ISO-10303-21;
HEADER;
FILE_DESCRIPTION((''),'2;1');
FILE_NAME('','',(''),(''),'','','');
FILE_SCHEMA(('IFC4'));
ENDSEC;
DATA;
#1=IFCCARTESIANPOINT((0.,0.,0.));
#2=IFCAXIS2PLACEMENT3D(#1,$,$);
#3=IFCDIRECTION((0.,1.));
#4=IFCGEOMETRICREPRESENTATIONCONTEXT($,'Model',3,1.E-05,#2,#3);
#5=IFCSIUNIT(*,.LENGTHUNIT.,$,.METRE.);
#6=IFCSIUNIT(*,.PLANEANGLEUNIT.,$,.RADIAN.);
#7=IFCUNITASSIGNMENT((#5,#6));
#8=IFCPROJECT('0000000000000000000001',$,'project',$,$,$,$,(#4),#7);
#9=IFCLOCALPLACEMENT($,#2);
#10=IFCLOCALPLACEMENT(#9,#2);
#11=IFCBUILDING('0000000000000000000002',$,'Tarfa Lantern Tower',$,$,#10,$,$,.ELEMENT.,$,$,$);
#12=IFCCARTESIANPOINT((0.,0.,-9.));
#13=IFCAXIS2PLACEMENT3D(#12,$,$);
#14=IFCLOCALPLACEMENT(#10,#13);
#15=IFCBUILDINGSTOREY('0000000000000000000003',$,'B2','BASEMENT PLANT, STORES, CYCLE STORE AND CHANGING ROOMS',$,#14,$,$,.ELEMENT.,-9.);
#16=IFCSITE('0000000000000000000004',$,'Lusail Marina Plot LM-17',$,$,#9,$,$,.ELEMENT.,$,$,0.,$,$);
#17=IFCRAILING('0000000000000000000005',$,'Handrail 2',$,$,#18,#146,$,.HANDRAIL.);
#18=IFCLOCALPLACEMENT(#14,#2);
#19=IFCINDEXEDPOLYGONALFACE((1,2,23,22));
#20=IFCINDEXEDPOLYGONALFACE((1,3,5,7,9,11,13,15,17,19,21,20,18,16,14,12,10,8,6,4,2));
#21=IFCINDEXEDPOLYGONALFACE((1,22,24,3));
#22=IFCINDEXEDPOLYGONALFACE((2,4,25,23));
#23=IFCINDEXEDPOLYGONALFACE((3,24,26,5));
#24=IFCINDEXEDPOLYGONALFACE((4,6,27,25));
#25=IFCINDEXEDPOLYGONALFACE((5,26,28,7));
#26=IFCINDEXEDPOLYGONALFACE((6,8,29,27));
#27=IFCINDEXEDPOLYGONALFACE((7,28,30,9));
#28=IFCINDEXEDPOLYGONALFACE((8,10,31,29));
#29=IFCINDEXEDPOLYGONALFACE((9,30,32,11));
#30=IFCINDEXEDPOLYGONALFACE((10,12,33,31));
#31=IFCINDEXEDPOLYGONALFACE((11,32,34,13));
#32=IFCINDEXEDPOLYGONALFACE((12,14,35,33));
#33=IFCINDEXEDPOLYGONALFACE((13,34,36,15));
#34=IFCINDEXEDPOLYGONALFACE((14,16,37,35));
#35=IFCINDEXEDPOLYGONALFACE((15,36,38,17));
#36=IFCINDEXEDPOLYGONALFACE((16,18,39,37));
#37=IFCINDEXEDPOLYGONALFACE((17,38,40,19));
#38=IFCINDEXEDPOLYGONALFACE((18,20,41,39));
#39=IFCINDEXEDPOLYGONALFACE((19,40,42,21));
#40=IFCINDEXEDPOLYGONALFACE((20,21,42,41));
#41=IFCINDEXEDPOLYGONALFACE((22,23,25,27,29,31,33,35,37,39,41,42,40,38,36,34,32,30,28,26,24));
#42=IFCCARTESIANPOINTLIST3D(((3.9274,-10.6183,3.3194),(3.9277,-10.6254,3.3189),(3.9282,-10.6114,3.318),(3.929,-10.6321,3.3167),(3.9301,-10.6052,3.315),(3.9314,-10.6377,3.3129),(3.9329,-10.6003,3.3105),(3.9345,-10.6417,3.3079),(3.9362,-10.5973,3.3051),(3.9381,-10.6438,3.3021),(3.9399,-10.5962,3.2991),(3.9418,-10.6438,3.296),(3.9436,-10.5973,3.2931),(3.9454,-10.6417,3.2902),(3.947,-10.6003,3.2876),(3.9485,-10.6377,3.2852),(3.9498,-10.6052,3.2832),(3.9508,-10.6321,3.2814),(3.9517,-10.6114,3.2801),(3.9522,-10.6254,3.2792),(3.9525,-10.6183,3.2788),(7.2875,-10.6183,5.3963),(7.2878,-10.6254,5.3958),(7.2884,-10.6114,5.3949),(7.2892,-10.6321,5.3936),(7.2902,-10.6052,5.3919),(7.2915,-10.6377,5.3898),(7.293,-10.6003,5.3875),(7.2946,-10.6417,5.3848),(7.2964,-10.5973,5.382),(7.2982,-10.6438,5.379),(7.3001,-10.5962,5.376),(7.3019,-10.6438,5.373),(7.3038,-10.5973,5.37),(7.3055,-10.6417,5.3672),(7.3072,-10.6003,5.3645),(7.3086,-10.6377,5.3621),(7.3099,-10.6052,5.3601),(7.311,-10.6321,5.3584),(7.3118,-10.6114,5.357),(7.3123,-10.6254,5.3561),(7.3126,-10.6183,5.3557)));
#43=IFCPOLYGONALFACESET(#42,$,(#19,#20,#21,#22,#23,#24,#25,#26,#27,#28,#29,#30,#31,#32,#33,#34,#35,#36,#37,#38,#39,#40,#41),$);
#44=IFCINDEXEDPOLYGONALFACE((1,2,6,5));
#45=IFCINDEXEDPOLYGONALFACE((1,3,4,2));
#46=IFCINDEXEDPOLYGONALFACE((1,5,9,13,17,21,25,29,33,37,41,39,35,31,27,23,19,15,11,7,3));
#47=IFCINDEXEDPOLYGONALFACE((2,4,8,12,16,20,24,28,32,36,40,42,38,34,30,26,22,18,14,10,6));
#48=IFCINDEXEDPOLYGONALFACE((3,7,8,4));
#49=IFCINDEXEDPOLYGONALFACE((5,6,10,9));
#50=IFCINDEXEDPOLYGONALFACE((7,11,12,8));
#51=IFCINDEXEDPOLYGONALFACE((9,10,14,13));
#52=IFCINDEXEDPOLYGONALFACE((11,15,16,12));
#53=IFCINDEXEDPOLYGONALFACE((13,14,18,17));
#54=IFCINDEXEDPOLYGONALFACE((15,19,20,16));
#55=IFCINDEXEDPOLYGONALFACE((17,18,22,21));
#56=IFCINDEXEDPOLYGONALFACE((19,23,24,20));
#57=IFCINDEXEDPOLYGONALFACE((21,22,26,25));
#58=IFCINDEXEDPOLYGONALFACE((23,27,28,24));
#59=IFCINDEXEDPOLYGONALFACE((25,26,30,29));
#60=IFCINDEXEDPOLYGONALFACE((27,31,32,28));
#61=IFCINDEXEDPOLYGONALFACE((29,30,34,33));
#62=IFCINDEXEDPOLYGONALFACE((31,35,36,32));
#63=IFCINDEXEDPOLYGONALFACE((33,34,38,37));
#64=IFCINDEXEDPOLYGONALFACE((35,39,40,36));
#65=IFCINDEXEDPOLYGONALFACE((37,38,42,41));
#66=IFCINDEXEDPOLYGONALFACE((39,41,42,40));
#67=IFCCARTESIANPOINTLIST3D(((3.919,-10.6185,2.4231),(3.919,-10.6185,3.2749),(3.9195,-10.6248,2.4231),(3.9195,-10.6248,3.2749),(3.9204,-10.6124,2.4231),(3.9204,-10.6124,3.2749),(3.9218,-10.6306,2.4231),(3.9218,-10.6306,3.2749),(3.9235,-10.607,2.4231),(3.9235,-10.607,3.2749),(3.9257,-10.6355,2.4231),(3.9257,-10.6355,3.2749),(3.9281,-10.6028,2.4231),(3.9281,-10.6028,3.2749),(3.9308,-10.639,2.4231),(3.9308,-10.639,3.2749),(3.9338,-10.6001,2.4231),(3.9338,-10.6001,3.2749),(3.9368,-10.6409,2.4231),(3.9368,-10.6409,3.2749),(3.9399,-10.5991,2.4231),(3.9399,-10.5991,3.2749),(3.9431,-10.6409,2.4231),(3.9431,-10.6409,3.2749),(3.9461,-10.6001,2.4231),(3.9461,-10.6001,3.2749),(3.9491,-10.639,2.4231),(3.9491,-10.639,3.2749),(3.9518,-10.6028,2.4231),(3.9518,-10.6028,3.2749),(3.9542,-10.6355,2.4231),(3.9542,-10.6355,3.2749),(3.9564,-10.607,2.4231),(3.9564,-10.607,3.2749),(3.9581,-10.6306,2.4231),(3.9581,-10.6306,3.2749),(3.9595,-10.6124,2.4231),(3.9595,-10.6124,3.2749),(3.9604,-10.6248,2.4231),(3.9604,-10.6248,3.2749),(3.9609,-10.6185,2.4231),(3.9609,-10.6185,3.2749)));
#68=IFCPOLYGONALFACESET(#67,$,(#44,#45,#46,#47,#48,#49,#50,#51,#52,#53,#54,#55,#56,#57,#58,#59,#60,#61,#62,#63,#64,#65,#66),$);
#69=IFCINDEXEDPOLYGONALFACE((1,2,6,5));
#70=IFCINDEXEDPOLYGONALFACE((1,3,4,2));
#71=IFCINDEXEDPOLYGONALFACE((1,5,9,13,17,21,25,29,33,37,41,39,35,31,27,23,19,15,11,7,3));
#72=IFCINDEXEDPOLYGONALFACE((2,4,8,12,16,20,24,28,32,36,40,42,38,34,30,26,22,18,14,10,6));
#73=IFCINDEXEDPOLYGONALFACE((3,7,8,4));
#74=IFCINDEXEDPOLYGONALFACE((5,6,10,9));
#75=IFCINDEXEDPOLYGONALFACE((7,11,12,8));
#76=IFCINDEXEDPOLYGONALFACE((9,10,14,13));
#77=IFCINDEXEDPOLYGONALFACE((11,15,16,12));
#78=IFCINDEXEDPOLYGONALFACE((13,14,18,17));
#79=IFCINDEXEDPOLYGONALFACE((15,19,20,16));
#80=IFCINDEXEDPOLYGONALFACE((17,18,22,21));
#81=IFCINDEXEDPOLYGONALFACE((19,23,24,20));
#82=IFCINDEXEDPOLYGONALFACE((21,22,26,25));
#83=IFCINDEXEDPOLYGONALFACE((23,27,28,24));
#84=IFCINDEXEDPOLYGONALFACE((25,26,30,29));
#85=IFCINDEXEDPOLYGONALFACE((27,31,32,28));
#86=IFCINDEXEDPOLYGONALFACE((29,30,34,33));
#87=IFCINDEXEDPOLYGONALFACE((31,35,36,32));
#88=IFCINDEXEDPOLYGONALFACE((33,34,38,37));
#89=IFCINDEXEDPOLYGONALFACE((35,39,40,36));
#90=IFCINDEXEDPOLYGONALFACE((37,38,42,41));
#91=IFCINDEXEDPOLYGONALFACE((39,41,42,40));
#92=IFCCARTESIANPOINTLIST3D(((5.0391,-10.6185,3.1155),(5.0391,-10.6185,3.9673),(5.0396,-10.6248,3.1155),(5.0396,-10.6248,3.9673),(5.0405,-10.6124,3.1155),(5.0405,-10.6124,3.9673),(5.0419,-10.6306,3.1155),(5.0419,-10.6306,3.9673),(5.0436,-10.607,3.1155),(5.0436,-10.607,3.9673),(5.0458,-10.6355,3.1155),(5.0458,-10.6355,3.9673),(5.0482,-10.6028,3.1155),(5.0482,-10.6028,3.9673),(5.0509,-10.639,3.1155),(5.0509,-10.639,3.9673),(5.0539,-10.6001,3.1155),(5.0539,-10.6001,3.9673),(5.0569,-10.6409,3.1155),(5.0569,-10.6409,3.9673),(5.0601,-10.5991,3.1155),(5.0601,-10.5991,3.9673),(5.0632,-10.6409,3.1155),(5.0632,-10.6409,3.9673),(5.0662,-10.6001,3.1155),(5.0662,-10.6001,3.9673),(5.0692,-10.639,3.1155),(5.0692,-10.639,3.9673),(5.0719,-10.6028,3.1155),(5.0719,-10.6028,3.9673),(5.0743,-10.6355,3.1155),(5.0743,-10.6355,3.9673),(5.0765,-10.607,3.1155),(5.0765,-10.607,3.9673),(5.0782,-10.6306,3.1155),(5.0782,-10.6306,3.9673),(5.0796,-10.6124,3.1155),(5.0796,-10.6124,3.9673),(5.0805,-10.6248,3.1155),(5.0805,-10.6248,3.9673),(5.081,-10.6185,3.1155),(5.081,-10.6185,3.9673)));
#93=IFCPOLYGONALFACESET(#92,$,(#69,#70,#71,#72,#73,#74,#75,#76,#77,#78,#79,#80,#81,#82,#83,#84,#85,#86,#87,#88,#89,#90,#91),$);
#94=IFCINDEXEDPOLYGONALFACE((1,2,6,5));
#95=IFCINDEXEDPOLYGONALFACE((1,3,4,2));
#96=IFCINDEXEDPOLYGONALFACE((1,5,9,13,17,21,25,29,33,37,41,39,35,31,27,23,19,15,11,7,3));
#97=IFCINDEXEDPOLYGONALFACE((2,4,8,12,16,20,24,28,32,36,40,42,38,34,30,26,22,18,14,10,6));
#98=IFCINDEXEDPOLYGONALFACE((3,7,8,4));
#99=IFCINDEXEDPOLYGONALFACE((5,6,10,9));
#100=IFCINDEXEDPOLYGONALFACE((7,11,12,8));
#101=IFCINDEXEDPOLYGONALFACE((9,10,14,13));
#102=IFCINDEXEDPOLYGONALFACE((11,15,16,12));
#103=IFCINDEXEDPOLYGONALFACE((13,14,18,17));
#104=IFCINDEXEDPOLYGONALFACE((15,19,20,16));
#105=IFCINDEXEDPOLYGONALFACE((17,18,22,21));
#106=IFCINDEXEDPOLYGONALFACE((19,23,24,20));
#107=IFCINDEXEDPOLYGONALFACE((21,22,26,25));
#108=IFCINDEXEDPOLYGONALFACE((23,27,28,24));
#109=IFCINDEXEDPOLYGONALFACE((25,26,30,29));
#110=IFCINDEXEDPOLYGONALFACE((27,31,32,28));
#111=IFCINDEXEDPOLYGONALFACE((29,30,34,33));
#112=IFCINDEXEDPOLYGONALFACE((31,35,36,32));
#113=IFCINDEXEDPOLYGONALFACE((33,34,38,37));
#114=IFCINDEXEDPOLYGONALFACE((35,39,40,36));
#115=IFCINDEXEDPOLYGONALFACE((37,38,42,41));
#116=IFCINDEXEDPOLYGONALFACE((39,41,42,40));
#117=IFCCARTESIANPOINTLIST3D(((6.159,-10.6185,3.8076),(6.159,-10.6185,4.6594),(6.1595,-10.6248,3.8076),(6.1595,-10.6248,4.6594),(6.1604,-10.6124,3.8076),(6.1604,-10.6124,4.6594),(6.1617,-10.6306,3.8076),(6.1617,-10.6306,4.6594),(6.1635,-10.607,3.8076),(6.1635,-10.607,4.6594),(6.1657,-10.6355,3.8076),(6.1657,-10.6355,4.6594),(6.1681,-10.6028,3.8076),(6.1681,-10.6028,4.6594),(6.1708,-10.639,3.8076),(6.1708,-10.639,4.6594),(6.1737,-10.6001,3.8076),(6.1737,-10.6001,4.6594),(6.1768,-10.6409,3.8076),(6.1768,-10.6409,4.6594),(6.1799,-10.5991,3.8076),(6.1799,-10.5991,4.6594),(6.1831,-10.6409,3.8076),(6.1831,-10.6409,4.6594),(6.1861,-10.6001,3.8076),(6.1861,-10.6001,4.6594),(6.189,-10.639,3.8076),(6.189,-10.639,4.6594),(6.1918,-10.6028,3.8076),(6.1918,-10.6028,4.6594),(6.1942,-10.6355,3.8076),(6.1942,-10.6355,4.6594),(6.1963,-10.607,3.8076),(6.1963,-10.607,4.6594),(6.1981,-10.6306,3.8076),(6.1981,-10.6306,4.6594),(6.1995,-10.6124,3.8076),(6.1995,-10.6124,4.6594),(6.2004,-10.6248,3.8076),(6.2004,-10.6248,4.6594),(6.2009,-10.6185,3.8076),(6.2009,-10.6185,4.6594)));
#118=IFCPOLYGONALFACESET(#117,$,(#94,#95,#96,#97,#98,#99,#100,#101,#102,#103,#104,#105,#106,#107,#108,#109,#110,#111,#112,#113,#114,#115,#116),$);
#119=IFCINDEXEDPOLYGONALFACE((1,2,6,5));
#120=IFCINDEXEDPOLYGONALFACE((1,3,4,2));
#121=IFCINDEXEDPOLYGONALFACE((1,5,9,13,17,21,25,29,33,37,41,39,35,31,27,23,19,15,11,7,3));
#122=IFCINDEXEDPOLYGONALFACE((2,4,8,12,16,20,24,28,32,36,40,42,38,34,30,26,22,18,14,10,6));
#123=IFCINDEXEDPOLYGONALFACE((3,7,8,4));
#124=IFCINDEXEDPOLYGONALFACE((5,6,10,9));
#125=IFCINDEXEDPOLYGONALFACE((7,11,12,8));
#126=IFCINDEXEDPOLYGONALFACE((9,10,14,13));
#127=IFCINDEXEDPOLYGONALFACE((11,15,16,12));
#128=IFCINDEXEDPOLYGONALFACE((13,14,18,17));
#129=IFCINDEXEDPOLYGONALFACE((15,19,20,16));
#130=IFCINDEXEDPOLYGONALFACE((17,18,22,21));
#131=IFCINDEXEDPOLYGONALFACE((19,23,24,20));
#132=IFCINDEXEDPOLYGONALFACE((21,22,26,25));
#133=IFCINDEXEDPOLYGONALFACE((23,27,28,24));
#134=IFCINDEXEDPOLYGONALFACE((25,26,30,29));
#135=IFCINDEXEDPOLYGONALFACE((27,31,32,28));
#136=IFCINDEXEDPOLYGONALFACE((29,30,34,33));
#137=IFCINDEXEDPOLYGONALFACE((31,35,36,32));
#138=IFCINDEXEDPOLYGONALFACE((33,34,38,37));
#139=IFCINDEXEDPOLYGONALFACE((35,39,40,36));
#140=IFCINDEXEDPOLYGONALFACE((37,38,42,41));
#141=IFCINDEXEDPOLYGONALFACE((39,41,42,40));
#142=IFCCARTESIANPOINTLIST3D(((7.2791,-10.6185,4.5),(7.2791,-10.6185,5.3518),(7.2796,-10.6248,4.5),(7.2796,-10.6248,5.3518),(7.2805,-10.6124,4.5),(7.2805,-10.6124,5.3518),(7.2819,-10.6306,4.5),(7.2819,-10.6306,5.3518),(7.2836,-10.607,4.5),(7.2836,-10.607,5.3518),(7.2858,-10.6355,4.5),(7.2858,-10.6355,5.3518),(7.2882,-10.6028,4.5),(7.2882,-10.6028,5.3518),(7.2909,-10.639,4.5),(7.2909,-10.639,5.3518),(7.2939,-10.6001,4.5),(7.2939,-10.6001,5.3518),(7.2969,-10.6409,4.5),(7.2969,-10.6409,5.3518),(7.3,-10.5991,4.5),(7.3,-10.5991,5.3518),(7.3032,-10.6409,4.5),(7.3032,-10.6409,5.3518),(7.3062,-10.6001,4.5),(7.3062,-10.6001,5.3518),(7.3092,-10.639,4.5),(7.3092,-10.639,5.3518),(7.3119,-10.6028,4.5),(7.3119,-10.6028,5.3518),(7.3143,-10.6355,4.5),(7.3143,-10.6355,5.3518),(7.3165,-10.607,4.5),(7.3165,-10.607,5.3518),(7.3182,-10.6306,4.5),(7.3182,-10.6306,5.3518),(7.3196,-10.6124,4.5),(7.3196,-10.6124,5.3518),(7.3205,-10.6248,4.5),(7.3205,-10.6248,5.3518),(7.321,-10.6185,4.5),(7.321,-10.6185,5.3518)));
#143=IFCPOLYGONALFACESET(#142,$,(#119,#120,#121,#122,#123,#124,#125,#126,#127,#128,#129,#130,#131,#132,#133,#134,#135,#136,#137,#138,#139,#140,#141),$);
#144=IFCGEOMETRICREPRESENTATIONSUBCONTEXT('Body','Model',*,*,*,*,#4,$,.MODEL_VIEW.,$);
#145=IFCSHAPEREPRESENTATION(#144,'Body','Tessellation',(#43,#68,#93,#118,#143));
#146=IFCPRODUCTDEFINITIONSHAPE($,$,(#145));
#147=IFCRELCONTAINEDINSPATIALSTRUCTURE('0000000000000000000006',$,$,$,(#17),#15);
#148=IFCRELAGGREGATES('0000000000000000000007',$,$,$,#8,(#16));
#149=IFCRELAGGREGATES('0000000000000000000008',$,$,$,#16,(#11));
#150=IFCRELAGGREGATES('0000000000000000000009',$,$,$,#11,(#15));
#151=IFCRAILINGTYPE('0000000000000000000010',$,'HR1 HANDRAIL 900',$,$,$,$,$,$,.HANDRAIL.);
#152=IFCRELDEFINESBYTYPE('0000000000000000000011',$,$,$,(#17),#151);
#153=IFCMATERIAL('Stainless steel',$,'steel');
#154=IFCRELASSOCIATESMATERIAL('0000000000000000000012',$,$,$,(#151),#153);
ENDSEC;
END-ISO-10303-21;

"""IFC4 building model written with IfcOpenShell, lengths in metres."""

from ifc_helpers import new_model, si_unit, direction, frame, origin, origin_2d, place, context, subcontext, project, spatial, circle, extrude, material, type_object, element, save


model = new_model("IFC4")

# Units and contexts
model_context = context("Model", 3, precision=1e-05, world=origin(), true_north=direction((0.0, 1.0)))
body_context = subcontext(model_context, "Body", "Model", "MODEL_VIEW")
ifc_project = project(units=[si_unit("LENGTHUNIT", "METRE"), si_unit("PLANEANGLEUNIT", "RADIAN")], contexts=[model_context])

# Site, building, storey
site_placement = place(None, origin())
site = spatial("IfcSite", under=ifc_project, at=site_placement, Name="Lusail Marina Plot LM-17", CompositionType="ELEMENT", RefElevation=0.0)
building_placement = place(site_placement, origin())
building = spatial("IfcBuilding", under=site, at=building_placement, Name="Tarfa Lantern Tower", CompositionType="ELEMENT")
storey_placement = place(building_placement, frame((0.0, 0.0, -9.0)))
storey = spatial("IfcBuildingStorey", under=building, at=storey_placement, Name="B2", Description="BASEMENT PLANT, STORES, CYCLE STORE AND CHANGING ROOMS", CompositionType="ELEMENT", Elevation=-9.0)

# Railing
ifc_material_1 = material(Name="Stainless steel", Category="steel")
railing_type = type_object("IfcRailingType", Name="HR1 HANDRAIL 900", PredefinedType="HANDRAIL", material=ifc_material_1)
railing_1_placement = place(storey_placement, frame((3.9399, -10.6201, 2.4231)))
element("IfcRailing", 1, at=railing_1_placement, inside=storey, type_object=railing_type, Name="Handrail 2", PredefinedType="HANDRAIL", context=body_context, shape_type="SweptSolid", body=[
    extrude(circle(Radius=0.0239, at=origin_2d()), frame((0.0, 0.0, 0.876), z_axis=(0.850623, 0.0, 0.525776), x_axis=(0.0, 1.0, 0.0)), (0.0, 0.0, 1.0), 3.9502),
    extrude(circle(Radius=0.021, at=origin_2d()), frame((0.0, 0.0, 0.0), z_axis=(0.0, 0.0, 1.0), x_axis=(0.0, 1.0, 0.0)), (0.0, 0.0, 1.0), 0.8518),
    extrude(circle(Radius=0.021, at=origin_2d()), frame((1.1201, 0.0, 0.6924), z_axis=(0.0, 0.0, 1.0), x_axis=(0.0, 1.0, 0.0)), (0.0, 0.0, 1.0), 0.8518),
    extrude(circle(Radius=0.021, at=origin_2d()), frame((2.24, 0.0, 1.3845), z_axis=(0.0, 0.0, 1.0), x_axis=(0.0, 1.0, 0.0)), (0.0, 0.0, 1.0), 0.8518),
    extrude(circle(Radius=0.021, at=origin_2d()), frame((3.3601, 0.0, 2.0769), z_axis=(0.0, 0.0, 1.0), x_axis=(0.0, 1.0, 0.0)), (0.0, 0.0, 1.0), 0.8518),
])

save(model, "model.ifc")
